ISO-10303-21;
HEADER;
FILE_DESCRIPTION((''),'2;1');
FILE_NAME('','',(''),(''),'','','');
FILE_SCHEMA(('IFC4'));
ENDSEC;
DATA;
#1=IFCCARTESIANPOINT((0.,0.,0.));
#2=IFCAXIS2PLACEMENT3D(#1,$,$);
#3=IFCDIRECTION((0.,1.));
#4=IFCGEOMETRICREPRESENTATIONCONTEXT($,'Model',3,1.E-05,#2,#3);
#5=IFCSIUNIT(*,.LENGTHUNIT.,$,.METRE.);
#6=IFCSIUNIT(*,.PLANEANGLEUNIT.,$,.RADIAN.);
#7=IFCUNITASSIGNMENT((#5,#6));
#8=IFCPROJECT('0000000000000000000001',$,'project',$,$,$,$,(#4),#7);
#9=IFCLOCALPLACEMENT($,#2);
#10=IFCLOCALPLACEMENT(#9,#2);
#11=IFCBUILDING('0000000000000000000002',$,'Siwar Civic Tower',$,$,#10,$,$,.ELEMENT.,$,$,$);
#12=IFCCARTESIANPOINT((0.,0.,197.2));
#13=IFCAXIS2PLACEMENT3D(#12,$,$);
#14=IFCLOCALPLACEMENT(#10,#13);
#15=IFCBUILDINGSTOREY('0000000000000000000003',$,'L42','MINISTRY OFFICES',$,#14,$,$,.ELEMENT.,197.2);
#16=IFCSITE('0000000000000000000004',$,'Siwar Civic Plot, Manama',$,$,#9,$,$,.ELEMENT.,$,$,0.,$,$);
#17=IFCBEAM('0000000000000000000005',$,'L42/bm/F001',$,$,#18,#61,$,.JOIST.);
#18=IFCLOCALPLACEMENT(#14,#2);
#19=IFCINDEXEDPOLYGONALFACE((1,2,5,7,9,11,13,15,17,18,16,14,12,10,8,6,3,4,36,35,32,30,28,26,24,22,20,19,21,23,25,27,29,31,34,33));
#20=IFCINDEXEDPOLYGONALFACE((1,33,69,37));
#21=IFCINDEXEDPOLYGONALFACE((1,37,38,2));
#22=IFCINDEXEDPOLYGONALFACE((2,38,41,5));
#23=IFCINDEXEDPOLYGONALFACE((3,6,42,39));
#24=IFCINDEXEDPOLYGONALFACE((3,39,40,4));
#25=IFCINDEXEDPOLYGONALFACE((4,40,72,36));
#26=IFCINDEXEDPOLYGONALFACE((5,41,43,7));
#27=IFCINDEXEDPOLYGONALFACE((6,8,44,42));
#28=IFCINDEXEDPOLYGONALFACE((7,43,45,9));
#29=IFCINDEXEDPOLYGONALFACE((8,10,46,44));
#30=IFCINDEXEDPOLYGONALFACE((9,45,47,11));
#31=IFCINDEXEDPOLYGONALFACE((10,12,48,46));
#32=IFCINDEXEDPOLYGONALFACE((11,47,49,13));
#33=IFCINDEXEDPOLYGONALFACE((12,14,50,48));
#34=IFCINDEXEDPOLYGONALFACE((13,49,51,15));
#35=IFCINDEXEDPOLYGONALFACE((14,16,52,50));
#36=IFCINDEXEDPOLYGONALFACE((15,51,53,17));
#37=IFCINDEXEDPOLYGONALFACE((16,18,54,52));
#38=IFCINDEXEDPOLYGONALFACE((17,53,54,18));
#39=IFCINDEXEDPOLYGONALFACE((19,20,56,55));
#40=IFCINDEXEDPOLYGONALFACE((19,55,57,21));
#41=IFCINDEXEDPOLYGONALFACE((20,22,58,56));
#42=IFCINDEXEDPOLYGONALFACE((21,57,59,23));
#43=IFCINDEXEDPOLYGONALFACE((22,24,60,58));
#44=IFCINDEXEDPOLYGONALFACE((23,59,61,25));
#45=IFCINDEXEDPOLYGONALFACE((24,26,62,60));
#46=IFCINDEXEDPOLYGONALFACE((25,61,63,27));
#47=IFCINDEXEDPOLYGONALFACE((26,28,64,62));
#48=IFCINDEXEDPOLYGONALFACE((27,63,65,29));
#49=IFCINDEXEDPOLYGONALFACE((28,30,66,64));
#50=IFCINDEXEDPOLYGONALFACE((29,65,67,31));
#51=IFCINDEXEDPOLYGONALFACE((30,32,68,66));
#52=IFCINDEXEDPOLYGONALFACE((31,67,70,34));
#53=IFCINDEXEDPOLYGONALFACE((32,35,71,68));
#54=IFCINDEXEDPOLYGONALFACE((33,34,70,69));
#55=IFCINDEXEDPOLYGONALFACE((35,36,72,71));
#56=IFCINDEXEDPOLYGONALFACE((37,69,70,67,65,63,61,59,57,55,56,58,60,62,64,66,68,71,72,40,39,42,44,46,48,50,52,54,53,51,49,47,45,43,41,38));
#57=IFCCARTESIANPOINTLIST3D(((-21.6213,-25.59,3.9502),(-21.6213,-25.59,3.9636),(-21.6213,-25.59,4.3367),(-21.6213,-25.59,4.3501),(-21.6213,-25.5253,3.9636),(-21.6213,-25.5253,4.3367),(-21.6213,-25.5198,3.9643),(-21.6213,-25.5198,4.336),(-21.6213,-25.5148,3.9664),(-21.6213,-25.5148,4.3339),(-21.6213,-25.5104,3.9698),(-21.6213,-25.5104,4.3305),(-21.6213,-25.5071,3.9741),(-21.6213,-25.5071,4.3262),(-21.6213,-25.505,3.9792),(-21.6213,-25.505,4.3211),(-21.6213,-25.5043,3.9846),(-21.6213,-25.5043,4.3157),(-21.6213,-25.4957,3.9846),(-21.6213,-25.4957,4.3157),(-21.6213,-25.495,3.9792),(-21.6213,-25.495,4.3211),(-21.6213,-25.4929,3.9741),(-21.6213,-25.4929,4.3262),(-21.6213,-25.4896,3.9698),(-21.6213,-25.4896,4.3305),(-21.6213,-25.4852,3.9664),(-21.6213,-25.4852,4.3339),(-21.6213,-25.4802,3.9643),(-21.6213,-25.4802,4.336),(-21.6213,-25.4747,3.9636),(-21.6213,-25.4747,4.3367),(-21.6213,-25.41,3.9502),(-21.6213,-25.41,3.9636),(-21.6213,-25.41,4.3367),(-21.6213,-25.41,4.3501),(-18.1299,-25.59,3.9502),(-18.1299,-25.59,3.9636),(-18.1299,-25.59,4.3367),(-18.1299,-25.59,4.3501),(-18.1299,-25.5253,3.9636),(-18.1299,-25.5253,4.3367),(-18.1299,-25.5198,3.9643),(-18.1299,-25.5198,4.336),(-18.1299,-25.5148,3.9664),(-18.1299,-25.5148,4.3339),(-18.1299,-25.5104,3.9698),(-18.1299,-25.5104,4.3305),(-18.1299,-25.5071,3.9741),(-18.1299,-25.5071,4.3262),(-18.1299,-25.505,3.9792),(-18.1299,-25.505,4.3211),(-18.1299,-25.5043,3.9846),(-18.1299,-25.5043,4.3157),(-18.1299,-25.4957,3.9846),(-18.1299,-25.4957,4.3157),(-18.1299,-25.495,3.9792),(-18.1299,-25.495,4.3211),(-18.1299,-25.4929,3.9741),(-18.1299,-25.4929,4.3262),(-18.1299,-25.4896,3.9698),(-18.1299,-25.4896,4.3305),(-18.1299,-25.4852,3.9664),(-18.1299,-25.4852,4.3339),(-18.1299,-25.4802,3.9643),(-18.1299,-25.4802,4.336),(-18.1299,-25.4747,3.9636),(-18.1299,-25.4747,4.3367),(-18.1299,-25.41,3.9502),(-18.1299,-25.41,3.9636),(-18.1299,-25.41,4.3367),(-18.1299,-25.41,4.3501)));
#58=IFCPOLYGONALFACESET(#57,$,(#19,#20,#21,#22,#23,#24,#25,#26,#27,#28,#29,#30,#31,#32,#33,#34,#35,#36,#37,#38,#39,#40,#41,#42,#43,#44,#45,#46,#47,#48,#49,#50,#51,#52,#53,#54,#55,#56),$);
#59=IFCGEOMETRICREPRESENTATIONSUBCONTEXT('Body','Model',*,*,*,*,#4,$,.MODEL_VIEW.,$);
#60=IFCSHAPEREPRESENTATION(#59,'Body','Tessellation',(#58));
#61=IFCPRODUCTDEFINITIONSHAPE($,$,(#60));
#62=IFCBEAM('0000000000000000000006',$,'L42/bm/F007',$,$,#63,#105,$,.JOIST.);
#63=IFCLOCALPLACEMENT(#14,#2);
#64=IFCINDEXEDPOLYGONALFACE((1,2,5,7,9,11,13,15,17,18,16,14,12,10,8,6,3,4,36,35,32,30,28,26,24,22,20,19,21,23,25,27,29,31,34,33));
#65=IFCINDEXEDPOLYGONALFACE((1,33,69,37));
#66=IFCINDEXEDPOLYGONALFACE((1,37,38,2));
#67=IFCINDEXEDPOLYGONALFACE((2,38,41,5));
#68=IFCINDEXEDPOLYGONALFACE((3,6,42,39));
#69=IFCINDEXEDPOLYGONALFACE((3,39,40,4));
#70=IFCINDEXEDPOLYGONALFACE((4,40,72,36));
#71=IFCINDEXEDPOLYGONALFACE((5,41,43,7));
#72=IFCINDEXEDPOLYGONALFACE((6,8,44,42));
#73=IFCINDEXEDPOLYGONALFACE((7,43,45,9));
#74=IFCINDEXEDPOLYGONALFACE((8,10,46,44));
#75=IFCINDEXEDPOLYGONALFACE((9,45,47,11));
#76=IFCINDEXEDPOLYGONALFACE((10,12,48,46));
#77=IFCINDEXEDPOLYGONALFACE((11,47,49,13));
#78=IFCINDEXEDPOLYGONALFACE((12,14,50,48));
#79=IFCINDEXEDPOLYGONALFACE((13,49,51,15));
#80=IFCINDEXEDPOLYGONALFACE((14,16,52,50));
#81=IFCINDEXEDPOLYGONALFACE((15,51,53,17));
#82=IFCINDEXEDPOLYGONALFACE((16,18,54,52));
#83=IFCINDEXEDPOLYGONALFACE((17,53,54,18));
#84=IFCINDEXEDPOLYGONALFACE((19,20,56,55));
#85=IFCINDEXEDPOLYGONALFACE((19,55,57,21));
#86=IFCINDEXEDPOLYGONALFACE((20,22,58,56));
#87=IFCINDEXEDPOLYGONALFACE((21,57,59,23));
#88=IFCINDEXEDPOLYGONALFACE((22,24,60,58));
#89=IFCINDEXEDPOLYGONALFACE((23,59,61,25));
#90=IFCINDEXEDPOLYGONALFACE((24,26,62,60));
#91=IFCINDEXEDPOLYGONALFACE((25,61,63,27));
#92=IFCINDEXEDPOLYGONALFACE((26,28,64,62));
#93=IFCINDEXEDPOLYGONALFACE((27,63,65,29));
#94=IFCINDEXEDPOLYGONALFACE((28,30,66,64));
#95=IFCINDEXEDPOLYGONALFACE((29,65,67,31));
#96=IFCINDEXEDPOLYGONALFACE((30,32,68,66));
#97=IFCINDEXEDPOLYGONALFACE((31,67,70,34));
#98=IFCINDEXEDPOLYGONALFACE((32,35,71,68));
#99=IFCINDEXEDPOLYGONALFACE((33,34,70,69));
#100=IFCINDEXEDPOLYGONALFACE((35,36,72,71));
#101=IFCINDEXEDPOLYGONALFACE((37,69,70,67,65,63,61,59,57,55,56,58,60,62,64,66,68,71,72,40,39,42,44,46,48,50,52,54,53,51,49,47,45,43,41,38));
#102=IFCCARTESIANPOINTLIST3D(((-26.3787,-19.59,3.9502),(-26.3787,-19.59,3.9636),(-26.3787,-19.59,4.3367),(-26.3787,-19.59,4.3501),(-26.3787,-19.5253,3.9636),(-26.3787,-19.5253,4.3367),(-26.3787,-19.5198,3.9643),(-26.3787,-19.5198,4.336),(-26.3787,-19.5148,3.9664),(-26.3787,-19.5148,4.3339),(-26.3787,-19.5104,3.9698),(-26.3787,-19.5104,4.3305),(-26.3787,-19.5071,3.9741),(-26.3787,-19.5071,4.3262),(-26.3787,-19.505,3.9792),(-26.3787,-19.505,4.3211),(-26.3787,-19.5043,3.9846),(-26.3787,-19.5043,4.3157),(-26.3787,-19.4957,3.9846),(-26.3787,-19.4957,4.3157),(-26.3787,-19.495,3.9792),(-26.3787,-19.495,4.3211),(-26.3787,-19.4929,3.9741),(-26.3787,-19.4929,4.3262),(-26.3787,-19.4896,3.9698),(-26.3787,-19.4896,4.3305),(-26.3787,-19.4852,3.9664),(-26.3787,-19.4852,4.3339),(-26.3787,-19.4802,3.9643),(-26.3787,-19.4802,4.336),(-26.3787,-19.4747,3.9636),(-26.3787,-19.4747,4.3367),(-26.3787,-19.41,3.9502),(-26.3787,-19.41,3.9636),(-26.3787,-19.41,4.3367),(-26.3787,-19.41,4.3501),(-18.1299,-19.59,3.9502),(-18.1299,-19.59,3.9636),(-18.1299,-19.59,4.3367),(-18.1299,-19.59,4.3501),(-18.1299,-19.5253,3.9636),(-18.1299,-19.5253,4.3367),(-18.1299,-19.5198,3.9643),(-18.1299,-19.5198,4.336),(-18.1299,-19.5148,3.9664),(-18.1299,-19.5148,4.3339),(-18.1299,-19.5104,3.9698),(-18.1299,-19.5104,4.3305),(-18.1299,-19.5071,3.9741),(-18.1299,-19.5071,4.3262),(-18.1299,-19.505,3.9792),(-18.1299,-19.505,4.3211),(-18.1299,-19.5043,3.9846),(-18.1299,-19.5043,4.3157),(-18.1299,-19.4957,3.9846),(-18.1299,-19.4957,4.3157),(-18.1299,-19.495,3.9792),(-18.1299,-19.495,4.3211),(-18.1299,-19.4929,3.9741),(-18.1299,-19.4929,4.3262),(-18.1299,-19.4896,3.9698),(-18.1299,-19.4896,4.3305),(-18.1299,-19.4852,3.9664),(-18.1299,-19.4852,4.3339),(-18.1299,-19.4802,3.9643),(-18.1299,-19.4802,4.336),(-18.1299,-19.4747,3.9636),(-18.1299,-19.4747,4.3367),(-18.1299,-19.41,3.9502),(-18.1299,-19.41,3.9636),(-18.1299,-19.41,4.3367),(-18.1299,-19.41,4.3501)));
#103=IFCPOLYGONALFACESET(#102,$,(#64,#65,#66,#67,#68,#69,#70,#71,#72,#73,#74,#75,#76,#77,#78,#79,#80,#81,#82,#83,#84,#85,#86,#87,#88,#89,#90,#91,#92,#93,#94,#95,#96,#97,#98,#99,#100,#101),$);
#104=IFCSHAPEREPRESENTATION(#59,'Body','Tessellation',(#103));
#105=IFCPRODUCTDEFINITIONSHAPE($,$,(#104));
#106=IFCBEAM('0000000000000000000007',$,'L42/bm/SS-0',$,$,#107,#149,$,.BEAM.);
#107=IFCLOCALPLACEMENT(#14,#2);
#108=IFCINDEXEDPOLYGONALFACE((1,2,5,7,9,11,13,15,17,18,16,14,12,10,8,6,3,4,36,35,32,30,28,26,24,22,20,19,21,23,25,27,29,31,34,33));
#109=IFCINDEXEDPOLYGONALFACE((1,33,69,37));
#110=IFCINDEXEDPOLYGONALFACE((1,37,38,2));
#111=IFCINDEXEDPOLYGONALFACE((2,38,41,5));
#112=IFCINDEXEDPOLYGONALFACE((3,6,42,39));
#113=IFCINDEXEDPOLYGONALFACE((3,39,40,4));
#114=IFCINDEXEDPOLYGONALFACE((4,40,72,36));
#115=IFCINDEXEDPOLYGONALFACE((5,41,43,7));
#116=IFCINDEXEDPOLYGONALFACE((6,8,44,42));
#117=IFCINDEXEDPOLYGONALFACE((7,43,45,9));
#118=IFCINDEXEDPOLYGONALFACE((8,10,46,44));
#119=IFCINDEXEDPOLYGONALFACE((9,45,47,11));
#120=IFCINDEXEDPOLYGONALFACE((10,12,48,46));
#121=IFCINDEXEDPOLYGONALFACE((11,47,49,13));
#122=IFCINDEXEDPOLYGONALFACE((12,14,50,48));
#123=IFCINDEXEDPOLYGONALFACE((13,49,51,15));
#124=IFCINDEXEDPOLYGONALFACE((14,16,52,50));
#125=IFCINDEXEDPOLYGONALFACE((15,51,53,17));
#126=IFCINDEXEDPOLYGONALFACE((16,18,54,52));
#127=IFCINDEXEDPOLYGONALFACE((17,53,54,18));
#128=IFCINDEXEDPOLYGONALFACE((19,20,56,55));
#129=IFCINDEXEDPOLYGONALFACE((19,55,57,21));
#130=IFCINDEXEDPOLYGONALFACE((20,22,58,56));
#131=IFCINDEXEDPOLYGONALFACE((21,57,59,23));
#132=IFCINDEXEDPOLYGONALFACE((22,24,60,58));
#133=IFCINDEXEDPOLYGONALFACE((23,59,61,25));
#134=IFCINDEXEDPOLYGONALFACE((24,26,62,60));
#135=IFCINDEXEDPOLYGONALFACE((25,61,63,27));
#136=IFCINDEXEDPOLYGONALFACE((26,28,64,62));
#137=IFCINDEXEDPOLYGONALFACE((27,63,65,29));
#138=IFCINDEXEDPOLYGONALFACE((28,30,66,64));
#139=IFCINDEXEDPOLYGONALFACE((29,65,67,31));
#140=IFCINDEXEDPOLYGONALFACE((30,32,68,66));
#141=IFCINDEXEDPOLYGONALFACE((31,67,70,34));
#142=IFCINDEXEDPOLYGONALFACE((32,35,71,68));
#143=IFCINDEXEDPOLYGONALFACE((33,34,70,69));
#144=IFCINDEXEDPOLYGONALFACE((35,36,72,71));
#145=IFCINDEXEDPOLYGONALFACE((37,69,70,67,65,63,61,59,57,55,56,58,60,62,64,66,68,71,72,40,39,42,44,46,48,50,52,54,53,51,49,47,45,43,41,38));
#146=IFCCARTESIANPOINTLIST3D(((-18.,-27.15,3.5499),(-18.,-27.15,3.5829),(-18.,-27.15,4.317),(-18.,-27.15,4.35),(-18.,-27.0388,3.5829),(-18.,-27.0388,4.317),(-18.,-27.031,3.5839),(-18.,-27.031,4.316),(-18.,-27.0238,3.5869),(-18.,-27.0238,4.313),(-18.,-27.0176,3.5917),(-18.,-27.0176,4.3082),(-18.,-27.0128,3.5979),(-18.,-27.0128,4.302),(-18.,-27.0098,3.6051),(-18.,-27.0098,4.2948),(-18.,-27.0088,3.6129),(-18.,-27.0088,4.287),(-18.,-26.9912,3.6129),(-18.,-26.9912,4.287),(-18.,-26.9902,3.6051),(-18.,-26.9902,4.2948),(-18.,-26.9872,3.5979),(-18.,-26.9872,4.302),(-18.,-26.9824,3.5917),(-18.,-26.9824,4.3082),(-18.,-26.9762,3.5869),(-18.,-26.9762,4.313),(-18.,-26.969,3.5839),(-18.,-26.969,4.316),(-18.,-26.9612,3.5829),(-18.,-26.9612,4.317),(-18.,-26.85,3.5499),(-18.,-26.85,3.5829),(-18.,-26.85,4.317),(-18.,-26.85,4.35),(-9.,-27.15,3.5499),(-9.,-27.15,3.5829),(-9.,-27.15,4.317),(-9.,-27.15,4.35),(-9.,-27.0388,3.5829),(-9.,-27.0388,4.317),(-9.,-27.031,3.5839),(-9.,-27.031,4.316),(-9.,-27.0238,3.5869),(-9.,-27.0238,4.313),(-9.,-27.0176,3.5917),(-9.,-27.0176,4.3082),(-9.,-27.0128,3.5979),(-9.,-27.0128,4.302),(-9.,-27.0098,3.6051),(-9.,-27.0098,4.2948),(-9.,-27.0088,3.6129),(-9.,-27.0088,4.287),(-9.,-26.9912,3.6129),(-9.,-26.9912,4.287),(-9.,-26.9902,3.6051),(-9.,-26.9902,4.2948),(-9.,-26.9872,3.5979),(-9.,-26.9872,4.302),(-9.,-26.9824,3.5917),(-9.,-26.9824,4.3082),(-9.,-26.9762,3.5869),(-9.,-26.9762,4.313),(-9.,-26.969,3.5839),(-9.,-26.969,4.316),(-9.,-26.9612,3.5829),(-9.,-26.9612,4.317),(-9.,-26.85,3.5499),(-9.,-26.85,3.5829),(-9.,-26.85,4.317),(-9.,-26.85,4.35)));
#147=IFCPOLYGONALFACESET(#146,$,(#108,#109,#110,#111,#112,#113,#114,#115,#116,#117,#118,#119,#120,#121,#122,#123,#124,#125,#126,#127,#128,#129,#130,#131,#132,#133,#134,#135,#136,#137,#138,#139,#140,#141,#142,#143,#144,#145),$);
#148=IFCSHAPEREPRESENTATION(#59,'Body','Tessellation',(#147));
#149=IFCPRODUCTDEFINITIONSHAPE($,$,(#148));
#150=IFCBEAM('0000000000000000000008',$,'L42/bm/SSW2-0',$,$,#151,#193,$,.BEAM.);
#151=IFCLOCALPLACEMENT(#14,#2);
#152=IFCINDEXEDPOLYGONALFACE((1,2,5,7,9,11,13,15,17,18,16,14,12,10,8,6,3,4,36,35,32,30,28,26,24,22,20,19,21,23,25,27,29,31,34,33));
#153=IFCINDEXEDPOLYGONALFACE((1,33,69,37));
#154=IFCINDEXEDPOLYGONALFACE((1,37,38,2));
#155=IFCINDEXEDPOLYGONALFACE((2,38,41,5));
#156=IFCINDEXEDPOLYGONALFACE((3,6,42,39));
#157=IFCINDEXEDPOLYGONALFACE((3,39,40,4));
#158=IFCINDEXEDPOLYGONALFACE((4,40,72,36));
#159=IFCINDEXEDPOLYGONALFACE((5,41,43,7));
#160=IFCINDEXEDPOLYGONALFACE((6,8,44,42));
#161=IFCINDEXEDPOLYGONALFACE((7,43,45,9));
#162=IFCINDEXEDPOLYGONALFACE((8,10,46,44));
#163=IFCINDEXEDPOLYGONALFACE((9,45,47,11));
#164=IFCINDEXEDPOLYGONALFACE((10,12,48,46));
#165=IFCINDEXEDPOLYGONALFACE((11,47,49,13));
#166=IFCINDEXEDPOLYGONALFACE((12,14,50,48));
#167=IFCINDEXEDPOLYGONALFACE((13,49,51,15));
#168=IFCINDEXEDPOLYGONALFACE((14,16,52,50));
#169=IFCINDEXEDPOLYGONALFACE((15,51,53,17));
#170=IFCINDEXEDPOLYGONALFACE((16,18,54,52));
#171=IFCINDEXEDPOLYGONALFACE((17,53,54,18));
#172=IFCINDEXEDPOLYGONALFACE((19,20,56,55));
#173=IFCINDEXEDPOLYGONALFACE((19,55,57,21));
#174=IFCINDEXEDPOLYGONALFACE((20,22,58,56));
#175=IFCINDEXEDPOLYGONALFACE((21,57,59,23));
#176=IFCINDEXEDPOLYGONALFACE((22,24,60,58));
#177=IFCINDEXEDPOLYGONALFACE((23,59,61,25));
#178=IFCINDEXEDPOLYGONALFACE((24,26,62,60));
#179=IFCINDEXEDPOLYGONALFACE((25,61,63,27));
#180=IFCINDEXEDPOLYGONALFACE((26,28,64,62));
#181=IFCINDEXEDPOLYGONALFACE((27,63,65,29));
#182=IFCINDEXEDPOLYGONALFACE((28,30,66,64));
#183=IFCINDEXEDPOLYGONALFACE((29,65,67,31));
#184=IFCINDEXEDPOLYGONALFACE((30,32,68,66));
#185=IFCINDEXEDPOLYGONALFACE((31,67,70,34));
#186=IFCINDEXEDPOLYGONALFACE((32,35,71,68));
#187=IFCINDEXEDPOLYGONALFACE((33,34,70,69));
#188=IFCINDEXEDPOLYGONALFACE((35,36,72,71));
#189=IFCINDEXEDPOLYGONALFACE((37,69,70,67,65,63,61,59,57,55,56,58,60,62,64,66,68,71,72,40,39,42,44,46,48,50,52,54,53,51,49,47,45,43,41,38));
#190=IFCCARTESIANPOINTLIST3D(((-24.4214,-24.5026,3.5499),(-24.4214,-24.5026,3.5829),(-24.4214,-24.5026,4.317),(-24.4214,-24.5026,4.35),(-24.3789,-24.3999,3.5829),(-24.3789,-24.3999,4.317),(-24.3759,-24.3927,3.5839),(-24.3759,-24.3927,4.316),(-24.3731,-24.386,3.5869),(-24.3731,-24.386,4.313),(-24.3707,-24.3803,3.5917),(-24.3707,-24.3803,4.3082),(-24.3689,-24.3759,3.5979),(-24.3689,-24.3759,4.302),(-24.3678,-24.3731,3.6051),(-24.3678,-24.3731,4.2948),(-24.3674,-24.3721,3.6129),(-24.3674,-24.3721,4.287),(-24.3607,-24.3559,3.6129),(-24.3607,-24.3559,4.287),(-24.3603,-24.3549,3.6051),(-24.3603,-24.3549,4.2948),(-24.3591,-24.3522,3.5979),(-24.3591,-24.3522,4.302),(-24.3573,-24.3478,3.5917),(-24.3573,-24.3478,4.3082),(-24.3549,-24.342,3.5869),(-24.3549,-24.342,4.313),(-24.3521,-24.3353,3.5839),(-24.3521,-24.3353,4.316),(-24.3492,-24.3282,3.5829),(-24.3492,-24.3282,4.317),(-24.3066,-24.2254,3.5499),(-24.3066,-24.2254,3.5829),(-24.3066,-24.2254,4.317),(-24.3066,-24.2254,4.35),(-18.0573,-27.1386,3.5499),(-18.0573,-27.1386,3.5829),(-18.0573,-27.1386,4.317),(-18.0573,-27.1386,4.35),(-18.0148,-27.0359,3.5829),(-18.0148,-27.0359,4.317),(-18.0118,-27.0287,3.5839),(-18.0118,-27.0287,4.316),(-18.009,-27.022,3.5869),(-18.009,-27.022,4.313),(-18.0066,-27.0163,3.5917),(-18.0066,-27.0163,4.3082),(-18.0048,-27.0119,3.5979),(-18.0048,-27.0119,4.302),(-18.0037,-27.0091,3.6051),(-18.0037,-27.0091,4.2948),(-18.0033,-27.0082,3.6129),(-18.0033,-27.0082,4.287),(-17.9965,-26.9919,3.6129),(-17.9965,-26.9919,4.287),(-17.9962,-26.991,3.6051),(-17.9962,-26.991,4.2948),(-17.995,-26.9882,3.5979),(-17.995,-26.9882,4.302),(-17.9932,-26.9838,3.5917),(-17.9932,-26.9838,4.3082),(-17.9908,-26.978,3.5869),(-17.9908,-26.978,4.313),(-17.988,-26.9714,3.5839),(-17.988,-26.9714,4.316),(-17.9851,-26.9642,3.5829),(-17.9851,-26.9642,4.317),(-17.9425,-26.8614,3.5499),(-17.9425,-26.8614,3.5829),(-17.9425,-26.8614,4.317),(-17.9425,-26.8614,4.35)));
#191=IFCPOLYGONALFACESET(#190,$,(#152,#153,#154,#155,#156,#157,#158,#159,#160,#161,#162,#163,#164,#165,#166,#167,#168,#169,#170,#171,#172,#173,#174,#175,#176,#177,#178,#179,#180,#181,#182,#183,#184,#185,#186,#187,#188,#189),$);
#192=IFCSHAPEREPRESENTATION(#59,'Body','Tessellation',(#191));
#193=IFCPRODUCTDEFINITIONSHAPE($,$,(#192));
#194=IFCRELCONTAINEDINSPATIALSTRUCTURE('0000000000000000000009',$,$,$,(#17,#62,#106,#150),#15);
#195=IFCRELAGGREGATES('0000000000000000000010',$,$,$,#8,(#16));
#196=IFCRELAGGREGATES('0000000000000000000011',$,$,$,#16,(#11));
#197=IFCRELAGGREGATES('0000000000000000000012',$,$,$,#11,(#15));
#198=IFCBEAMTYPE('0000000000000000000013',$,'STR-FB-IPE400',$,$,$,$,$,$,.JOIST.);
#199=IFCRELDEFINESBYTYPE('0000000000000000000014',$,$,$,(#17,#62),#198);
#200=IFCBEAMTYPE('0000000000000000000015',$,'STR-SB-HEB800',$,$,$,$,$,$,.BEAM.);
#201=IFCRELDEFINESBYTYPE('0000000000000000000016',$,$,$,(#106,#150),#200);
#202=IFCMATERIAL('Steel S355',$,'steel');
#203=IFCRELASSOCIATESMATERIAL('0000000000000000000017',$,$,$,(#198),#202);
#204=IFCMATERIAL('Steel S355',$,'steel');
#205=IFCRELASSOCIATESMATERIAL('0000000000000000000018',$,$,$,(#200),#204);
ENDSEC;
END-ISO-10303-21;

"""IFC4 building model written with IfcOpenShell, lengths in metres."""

from ifc_helpers import new_model, si_unit, direction, frame, origin, origin_2d, place, context, subcontext, project, spatial, i_section, extrude, material, material_profile, profile_set, type_object, element, save


model = new_model("IFC4")

# Units and contexts
model_context = context("Model", 3, precision=1e-05, world=origin(), true_north=direction((0.0, 1.0)))
body_context = subcontext(model_context, "Body", "Model", "MODEL_VIEW")
ifc_project = project(units=[si_unit("LENGTHUNIT", "METRE"), si_unit("PLANEANGLEUNIT", "RADIAN")], contexts=[model_context])

# Site, building, storey
site_placement = place(None, origin())
site = spatial("IfcSite", under=ifc_project, at=site_placement, Name="Siwar Civic Plot, Manama", CompositionType="ELEMENT", RefElevation=0.0)
building_placement = place(site_placement, origin())
building = spatial("IfcBuilding", under=site, at=building_placement, Name="Siwar Civic Tower", CompositionType="ELEMENT")
storey_placement = place(building_placement, frame((0.0, 0.0, 197.2)))
storey = spatial("IfcBuildingStorey", under=building, at=storey_placement, Name="L42", Description="MINISTRY OFFICES", CompositionType="ELEMENT", Elevation=197.2)

# Beams
ifc_material_1 = material(Name="Steel S355", Category="steel")
ifc_material_profile_1 = material_profile(ifc_material_1, i_section(OverallWidth=0.1799, OverallDepth=0.3999, WebThickness=0.0085, FlangeThickness=0.0134, FilletRadius=0.021, at=origin_2d()), Name="IPE400")
ifc_profile_set_1 = profile_set([ifc_material_profile_1], Name="Steel S355")
beam_type_1 = type_object("IfcBeamType", Name="STR-FB-IPE400", PredefinedType="JOIST", material=ifc_profile_set_1)
beam_1_placement = place(storey_placement, frame((-21.6213, -25.5, 4.1501), z_axis=(1.0, 0.0, 0.0), x_axis=(0.0, 1.0, 0.0)))
element("IfcBeam", 1, at=beam_1_placement, inside=storey, type_object=beam_type_1, Name="L42/bm/F001", PredefinedType="JOIST", context=body_context, shape_type="SweptSolid", body=[
    extrude(i_section(OverallWidth=0.1799, OverallDepth=0.3999, WebThickness=0.0085, FlangeThickness=0.0134, FilletRadius=0.021, at=origin_2d()), origin(), (0.0, 0.0, 1.0), 3.4915),
])
beam_2_placement = place(storey_placement, frame((-26.3787, -19.5, 4.1501), z_axis=(1.0, 0.0, 0.0), x_axis=(0.0, 1.0, 0.0)))
element("IfcBeam", 2, at=beam_2_placement, inside=storey, type_object=beam_type_1, Name="L42/bm/F007", PredefinedType="JOIST", context=body_context, shape_type="SweptSolid", body=[
    extrude(i_section(OverallWidth=0.1799, OverallDepth=0.3999, WebThickness=0.0085, FlangeThickness=0.0134, FilletRadius=0.021, at=origin_2d()), origin(), (0.0, 0.0, 1.0), 8.2488),
])
ifc_material_2 = material(Name="Steel S355", Category="steel")
ifc_material_profile_2 = material_profile(ifc_material_2, i_section(OverallWidth=0.3, OverallDepth=0.8, WebThickness=0.0176, FlangeThickness=0.033, FilletRadius=0.03, at=origin_2d()), Name="HEB800")
ifc_profile_set_2 = profile_set([ifc_material_profile_2], Name="Steel S355")
beam_type_2 = type_object("IfcBeamType", Name="STR-SB-HEB800", PredefinedType="BEAM", material=ifc_profile_set_2)
beam_3_placement = place(storey_placement, frame((-18.0, -27.0, 3.95), z_axis=(1.0, 0.0, 0.0), x_axis=(0.0, 1.0, 0.0)))
element("IfcBeam", 3, at=beam_3_placement, inside=storey, type_object=beam_type_2, Name="L42/bm/SS-0", PredefinedType="BEAM", context=body_context, shape_type="SweptSolid", body=[
    extrude(i_section(OverallWidth=0.3, OverallDepth=0.8, WebThickness=0.0176, FlangeThickness=0.033, FilletRadius=0.03, at=origin_2d()), origin(), (0.0, 0.0, 1.0), 9.0),
])
beam_4_placement = place(storey_placement, frame((-24.364, -24.364, 3.95), z_axis=(0.923883, -0.382674, 0.0), x_axis=(0.382674, 0.923883, 0.0)))
element("IfcBeam", 4, at=beam_4_placement, inside=storey, type_object=beam_type_2, Name="L42/bm/SSW2-0", PredefinedType="BEAM", context=body_context, shape_type="SweptSolid", body=[
    extrude(i_section(OverallWidth=0.3, OverallDepth=0.8, WebThickness=0.0176, FlangeThickness=0.033, FilletRadius=0.03, at=origin_2d()), origin(), (0.0, 0.0, 1.0), 6.8884),
])

save(model, "model.ifc")
